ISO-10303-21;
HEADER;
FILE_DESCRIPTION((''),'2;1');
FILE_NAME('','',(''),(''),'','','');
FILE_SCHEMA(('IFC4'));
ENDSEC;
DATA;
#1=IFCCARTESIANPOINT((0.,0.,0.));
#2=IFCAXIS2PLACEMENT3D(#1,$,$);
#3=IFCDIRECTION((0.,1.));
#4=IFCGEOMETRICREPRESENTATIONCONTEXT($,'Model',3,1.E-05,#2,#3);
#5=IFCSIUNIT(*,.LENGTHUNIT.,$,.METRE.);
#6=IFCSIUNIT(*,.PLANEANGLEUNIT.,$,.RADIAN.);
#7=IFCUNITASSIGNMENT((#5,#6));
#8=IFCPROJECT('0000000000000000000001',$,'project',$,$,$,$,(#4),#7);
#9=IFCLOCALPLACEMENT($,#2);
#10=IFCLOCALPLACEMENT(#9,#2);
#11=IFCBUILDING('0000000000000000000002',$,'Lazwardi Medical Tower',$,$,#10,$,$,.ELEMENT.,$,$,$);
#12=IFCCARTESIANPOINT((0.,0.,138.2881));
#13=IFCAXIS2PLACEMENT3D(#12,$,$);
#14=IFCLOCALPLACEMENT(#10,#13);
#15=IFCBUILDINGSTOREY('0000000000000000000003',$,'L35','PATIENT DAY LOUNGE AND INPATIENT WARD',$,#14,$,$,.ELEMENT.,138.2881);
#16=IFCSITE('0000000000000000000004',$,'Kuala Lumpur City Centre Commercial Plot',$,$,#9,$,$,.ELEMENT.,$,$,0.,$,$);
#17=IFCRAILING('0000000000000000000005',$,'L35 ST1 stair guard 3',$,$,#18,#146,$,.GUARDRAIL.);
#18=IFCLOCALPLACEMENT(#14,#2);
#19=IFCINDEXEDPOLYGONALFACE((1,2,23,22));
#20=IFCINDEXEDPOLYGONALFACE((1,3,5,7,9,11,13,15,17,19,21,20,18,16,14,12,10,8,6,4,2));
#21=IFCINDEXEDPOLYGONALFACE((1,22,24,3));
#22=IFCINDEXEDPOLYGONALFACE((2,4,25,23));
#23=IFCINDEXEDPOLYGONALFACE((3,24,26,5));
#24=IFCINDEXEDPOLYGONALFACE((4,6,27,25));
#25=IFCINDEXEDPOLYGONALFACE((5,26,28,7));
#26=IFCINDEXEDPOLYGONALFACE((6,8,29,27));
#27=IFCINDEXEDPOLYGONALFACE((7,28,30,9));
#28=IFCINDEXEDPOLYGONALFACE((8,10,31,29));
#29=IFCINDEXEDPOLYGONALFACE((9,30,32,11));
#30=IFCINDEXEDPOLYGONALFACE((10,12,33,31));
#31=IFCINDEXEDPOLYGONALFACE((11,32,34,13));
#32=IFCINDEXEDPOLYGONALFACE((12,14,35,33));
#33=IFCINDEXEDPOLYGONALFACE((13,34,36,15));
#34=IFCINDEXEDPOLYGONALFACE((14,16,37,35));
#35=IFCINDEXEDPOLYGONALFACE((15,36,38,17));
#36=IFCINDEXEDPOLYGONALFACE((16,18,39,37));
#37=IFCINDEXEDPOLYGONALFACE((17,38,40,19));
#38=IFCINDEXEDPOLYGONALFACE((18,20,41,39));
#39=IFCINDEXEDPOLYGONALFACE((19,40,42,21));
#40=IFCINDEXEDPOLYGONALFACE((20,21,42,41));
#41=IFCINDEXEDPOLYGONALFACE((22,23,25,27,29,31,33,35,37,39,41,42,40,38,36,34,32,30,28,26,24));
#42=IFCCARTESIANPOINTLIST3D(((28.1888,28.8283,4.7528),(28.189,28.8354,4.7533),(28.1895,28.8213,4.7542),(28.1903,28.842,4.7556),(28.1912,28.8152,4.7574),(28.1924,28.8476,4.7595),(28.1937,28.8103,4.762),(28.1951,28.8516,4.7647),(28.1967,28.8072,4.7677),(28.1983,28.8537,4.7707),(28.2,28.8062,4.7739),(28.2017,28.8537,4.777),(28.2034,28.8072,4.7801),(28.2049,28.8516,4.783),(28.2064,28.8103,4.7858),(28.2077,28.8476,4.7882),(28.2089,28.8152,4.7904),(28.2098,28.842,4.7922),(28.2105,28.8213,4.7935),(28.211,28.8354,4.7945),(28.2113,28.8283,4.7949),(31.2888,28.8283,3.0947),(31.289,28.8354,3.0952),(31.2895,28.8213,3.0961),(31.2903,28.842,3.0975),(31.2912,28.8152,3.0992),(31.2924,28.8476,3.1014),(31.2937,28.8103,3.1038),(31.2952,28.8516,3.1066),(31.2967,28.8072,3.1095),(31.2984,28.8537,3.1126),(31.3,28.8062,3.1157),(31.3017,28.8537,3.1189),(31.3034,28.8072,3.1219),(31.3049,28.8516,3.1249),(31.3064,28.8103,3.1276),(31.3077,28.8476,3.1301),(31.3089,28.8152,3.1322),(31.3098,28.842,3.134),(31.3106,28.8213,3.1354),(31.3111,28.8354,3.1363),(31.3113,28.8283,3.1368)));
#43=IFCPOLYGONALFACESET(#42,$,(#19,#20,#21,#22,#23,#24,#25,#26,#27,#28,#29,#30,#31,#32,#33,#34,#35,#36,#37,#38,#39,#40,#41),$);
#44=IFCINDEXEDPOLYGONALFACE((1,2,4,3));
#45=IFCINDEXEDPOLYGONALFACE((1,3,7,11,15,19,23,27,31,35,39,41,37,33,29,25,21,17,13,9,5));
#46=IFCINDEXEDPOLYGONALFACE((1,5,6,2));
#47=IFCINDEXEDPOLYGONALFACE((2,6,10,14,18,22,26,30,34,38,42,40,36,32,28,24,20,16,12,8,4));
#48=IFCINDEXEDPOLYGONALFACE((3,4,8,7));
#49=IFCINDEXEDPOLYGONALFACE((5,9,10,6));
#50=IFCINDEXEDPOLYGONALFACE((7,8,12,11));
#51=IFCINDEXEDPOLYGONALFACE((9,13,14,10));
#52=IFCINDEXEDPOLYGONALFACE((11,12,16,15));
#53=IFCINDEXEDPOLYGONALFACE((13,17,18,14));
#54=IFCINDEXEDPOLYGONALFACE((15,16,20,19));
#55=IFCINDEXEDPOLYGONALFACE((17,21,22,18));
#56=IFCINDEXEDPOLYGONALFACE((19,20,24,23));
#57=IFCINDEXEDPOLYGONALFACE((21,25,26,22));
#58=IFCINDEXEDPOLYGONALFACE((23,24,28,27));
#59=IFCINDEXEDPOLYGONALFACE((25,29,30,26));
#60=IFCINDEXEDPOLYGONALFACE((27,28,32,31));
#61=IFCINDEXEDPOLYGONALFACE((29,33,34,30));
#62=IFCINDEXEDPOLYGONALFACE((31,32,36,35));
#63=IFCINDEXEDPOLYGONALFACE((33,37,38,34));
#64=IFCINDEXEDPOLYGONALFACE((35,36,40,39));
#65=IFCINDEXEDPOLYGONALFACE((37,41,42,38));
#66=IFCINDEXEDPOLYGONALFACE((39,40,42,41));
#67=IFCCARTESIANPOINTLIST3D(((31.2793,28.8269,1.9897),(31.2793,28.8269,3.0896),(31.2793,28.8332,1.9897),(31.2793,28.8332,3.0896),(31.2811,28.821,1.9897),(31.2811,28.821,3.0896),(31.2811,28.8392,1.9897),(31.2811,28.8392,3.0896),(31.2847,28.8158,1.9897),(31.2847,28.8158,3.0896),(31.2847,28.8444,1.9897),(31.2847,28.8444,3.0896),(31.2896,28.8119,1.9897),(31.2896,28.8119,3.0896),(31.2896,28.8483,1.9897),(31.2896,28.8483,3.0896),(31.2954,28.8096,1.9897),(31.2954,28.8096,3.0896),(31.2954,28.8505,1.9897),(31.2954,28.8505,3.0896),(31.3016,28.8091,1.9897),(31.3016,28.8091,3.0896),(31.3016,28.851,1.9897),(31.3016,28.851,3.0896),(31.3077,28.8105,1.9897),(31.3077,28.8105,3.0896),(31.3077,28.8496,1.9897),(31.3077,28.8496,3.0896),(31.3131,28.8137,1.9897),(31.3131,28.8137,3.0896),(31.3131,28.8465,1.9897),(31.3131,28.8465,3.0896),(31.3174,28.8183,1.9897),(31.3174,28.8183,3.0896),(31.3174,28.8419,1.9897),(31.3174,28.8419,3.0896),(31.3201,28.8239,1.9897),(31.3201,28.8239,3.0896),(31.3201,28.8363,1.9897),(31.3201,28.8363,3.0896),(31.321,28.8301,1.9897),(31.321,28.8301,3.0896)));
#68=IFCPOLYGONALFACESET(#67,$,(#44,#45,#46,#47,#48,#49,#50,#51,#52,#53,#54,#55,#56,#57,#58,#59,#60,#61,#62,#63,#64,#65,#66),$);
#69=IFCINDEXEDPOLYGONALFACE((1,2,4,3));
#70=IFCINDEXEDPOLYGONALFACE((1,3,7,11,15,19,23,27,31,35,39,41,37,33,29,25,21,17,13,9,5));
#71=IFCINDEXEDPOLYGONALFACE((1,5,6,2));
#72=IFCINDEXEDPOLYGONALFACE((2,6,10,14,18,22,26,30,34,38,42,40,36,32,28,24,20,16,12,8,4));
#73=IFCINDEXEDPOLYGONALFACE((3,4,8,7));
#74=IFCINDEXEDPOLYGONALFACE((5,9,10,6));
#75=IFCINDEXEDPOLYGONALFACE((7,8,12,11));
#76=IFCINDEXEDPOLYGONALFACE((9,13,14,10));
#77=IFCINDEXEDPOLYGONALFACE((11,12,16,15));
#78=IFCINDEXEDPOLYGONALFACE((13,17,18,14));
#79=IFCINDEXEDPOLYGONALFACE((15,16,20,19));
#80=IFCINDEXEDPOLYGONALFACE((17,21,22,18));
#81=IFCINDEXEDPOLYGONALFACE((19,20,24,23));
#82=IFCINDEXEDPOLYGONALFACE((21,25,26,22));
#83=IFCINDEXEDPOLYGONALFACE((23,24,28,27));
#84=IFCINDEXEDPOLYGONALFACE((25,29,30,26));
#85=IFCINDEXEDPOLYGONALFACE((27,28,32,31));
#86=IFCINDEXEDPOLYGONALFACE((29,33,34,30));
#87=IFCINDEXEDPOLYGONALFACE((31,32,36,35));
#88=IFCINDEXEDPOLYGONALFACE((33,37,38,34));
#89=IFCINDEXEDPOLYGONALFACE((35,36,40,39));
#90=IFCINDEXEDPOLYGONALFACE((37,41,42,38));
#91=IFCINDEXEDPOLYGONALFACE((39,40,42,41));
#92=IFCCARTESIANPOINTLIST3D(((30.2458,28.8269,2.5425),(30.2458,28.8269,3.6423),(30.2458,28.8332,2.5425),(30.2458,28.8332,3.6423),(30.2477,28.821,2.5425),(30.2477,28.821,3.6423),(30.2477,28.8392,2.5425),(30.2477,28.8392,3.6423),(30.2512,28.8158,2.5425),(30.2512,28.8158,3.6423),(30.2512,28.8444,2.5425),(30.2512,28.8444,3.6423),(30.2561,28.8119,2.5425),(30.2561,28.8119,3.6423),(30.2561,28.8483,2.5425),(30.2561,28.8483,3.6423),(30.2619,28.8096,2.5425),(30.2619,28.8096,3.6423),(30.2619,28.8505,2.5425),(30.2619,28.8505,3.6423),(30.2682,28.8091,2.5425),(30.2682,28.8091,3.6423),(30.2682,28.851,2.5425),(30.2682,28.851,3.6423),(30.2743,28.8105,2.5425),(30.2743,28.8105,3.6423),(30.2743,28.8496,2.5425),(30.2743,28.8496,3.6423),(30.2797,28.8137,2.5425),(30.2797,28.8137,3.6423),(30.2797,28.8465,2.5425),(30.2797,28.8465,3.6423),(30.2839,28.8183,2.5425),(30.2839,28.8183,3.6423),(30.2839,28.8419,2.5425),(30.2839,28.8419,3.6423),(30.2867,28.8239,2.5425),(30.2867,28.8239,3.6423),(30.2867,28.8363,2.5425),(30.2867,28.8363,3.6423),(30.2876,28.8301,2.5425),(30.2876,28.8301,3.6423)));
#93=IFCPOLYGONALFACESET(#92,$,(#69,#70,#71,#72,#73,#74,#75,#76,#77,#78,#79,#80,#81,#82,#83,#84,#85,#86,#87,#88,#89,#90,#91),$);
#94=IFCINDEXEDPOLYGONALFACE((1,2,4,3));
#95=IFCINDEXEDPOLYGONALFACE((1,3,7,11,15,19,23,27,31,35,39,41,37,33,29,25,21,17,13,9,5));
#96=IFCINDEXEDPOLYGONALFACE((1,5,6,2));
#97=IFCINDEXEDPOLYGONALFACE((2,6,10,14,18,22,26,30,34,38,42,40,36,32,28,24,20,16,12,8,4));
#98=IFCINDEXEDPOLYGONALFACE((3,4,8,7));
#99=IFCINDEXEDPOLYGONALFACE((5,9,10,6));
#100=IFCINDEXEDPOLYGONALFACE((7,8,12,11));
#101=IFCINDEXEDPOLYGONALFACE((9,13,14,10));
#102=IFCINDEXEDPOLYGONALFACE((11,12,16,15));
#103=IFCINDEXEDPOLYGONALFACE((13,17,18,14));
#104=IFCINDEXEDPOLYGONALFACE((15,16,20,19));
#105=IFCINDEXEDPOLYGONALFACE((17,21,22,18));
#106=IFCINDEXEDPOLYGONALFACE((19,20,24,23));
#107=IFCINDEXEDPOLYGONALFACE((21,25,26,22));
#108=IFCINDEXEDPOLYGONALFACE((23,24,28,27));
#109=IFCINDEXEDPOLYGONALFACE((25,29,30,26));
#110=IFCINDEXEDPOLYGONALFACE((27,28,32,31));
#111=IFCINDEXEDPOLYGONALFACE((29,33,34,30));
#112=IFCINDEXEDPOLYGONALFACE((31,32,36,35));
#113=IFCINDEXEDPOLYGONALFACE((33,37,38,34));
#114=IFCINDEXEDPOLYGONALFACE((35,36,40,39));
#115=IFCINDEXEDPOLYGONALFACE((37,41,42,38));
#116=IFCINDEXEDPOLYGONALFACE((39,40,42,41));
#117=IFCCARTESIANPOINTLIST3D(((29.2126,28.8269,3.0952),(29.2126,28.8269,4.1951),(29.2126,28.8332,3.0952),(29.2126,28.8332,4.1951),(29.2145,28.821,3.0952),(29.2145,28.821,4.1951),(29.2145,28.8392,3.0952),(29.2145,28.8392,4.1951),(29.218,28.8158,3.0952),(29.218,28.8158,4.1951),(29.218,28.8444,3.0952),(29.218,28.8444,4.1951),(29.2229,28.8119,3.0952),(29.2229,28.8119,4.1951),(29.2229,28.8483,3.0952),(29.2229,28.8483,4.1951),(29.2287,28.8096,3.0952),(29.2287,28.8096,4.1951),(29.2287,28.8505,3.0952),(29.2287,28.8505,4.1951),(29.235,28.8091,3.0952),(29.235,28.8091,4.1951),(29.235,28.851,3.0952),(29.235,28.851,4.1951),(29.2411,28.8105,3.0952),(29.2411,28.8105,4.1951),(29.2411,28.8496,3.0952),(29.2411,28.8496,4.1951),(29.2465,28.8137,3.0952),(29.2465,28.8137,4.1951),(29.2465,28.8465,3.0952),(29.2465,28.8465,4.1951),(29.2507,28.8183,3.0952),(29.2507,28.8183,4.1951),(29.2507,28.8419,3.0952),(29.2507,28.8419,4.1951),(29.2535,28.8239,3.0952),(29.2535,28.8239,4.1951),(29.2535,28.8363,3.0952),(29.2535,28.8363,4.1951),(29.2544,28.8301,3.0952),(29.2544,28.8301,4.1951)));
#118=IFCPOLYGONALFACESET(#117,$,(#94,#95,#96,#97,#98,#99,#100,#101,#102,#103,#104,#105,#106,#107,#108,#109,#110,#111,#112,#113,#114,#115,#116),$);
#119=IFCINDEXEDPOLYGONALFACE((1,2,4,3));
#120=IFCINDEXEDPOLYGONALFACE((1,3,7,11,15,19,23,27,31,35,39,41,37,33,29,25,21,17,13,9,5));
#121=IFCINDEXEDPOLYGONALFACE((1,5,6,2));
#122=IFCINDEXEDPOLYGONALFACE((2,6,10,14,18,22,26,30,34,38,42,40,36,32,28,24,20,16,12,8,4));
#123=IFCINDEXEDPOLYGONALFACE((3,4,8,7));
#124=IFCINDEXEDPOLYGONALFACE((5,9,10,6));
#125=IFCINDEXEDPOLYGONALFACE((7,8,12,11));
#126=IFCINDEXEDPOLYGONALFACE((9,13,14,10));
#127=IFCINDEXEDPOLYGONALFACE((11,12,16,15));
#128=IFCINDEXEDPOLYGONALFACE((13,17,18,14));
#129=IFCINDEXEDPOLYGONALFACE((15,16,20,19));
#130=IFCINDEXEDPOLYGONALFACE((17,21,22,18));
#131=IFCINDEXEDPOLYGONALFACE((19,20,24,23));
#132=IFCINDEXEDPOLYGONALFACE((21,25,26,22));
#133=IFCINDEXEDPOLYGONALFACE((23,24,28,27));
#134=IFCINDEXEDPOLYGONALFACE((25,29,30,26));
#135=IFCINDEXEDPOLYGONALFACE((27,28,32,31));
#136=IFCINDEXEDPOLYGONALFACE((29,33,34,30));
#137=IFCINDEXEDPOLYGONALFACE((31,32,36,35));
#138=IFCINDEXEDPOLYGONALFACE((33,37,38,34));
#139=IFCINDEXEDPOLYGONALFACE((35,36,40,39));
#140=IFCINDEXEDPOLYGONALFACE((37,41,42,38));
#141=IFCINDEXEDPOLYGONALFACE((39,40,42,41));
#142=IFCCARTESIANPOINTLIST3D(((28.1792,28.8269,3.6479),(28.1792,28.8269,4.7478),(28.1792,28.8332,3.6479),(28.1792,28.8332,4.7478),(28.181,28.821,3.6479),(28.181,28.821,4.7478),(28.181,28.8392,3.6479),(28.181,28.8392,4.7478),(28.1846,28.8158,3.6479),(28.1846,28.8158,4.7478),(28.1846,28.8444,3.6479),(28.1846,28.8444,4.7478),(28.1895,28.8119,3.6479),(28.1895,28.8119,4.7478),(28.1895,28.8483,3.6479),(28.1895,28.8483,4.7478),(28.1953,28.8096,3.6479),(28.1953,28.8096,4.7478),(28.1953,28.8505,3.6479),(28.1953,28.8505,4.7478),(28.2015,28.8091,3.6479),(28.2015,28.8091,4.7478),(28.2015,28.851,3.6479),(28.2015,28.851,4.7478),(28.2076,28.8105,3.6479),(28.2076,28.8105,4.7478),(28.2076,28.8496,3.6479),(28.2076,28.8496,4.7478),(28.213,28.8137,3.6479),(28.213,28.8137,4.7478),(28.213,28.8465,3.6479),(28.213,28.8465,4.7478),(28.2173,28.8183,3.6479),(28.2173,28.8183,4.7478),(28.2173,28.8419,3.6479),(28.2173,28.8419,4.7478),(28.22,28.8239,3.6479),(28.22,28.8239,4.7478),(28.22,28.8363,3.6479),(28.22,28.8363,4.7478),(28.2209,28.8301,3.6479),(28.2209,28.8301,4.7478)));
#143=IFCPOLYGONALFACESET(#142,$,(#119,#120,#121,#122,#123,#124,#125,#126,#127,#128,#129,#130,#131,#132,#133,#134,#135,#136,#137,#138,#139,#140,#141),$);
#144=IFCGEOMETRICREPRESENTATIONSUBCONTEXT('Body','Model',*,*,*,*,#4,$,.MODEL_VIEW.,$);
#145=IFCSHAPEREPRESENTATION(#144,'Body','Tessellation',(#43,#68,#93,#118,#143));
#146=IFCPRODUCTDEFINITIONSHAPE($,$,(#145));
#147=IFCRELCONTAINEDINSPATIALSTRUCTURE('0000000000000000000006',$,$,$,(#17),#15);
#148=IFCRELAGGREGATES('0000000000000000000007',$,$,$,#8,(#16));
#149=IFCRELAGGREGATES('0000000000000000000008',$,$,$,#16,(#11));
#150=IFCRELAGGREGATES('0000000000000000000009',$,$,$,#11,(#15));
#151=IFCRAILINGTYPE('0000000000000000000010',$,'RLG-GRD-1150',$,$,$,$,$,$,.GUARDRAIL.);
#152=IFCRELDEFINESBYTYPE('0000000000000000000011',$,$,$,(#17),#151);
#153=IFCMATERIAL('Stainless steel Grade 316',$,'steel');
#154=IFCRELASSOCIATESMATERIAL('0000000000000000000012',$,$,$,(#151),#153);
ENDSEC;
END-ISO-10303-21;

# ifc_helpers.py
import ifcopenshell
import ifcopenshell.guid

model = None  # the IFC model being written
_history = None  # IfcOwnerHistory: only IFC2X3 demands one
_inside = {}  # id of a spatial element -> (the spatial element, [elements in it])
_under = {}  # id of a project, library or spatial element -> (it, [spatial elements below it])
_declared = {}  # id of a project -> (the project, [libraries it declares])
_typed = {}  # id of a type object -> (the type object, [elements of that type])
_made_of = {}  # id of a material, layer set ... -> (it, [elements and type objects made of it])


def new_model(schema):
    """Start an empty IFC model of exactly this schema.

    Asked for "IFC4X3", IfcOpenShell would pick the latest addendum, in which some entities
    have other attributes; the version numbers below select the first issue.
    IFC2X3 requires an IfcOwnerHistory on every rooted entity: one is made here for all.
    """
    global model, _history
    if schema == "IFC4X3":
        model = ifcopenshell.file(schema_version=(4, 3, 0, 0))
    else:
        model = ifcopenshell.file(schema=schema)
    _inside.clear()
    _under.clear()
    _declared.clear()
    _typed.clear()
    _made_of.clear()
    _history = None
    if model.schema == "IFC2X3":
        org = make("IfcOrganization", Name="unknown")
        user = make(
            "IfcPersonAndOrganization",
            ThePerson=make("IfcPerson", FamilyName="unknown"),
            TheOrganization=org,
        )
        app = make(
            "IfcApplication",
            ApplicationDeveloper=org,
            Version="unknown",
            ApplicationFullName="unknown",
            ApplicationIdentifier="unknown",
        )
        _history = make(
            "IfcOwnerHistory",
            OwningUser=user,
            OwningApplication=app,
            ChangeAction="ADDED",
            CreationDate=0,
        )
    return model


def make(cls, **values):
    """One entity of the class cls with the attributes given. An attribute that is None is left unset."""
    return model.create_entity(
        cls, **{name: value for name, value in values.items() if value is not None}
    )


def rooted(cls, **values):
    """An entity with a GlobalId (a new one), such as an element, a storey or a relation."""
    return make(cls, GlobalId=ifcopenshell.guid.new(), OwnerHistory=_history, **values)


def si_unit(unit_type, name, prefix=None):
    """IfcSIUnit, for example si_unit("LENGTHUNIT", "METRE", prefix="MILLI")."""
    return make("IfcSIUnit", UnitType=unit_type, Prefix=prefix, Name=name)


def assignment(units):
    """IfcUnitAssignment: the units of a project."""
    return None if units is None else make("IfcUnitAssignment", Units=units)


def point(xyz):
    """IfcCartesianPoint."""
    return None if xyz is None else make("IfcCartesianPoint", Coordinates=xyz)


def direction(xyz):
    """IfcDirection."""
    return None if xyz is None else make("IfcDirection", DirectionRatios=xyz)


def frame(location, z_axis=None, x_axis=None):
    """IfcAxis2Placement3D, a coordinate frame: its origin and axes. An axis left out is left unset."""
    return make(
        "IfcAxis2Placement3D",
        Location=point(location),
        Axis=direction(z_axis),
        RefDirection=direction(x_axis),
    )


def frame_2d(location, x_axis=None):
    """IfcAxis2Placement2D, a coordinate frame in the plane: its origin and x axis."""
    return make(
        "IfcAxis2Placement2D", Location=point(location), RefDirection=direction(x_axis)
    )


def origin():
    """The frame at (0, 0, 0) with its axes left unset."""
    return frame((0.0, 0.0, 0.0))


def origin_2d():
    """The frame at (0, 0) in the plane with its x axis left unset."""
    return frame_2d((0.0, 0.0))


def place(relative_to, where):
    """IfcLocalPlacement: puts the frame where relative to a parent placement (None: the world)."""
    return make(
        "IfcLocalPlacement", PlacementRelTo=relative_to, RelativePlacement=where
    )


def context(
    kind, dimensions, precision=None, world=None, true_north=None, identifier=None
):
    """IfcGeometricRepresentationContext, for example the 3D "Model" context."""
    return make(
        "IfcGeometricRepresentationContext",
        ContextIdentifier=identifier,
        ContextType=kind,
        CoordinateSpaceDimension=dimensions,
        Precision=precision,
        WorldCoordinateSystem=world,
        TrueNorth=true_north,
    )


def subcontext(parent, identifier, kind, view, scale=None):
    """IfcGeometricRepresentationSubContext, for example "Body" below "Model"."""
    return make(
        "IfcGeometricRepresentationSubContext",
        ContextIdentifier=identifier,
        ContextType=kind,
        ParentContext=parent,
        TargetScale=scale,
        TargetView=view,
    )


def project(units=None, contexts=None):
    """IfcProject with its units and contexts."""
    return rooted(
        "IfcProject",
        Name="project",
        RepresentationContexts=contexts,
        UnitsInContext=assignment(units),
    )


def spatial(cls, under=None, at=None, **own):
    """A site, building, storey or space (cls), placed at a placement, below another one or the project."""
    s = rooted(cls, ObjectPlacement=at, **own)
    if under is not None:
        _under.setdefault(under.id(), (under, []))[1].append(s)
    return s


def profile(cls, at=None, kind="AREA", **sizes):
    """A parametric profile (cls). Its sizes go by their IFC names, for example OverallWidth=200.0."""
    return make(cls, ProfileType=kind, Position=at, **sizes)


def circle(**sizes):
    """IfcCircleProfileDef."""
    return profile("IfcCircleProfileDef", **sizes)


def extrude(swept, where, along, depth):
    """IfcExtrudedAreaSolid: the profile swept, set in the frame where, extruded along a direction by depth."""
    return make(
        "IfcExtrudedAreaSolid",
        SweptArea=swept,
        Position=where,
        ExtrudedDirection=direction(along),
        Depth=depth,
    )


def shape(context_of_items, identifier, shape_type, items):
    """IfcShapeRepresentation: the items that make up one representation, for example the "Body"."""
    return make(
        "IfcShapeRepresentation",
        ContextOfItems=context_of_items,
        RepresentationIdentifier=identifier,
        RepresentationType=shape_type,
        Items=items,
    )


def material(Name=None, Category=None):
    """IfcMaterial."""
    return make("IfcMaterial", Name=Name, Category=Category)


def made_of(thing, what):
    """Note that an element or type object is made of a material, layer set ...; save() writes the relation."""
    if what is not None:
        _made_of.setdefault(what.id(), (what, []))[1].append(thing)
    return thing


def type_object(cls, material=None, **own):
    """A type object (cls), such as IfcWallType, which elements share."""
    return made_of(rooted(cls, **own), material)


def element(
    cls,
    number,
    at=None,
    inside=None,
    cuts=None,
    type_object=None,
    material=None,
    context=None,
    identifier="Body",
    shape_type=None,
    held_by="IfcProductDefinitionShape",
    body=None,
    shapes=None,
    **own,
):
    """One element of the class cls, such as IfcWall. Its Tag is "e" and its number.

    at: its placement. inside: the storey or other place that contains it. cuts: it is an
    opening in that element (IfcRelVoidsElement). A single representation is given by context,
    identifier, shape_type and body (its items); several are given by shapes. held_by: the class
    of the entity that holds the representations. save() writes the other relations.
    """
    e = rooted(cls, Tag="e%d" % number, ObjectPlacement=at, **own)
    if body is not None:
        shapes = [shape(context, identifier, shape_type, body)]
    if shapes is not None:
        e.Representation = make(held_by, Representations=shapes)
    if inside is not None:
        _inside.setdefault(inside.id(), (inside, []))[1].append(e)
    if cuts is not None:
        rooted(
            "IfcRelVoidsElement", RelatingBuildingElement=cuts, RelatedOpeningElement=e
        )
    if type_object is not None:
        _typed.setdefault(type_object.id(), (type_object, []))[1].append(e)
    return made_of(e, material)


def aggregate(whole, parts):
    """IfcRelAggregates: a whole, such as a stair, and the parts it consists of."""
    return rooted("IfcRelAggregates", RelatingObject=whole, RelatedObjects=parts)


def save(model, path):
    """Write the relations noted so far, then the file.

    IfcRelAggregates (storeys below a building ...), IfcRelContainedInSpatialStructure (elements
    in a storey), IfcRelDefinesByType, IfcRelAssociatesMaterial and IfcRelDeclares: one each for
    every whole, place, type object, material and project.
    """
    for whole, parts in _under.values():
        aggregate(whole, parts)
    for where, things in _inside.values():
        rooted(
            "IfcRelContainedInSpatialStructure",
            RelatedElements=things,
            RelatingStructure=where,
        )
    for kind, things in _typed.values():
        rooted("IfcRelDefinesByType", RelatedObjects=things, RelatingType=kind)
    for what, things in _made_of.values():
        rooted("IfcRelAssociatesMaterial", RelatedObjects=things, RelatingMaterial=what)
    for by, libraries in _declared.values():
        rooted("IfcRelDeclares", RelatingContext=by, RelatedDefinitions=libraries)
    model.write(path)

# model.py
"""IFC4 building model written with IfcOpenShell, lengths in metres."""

from ifc_helpers import new_model, si_unit, direction, frame, origin, origin_2d, place, context, subcontext, project, spatial, circle, extrude, material, type_object, element, save


model = new_model("IFC4")

# Units and contexts
model_context = context("Model", 3, precision=1e-05, world=origin(), true_north=direction((0.0, 1.0)))
body_context = subcontext(model_context, "Body", "Model", "MODEL_VIEW")
ifc_project = project(units=[si_unit("LENGTHUNIT", "METRE"), si_unit("PLANEANGLEUNIT", "RADIAN")], contexts=[model_context])

# Site, building, storey
site_placement = place(None, origin())
site = spatial("IfcSite", under=ifc_project, at=site_placement, Name="Kuala Lumpur City Centre Commercial Plot", CompositionType="ELEMENT", RefElevation=0.0)
building_placement = place(site_placement, origin())
building = spatial("IfcBuilding", under=site, at=building_placement, Name="Lazwardi Medical Tower", CompositionType="ELEMENT")
storey_placement = place(building_placement, frame((0.0, 0.0, 138.2881)))
storey = spatial("IfcBuildingStorey", under=building, at=storey_placement, Name="L35", Description="PATIENT DAY LOUNGE AND INPATIENT WARD", CompositionType="ELEMENT", Elevation=138.2881)

# Railing
ifc_material_1 = material(Name="Stainless steel Grade 316", Category="steel")
railing_type_1 = type_object("IfcRailingType", Name="RLG-GRD-1150", PredefinedType="GUARDRAIL", material=ifc_material_1)
railing_1_placement = place(storey_placement, frame((31.3, 28.8301, 1.9897)))
element("IfcRailing", 1, at=railing_1_placement, inside=storey, type_object=railing_type_1, Name="L35 ST1 stair guard 3", PredefinedType="GUARDRAIL", context=body_context, shape_type="SweptSolid", body=[
    extrude(circle(Radius=0.0239, at=origin_2d()), frame((0.0, 0.0, 1.126), z_axis=(-0.881783, 0.0, 0.471655), x_axis=(0.0, -1.0, 0.0)), (0.0, 0.0, 1.0), 3.5156),
    extrude(circle(Radius=0.021, at=origin_2d()), origin(), (0.0, 0.0, 1.0), 1.0999),
    extrude(circle(Radius=0.021, at=origin_2d()), frame((-1.0334, 0.0, 0.5527)), (0.0, 0.0, 1.0), 1.0999),
    extrude(circle(Radius=0.021, at=origin_2d()), frame((-2.0667, 0.0, 1.1055)), (0.0, 0.0, 1.0), 1.0999),
    extrude(circle(Radius=0.021, at=origin_2d()), frame((-3.1001, 0.0, 1.6582)), (0.0, 0.0, 1.0), 1.0999),
])

save(model, "model.ifc")
